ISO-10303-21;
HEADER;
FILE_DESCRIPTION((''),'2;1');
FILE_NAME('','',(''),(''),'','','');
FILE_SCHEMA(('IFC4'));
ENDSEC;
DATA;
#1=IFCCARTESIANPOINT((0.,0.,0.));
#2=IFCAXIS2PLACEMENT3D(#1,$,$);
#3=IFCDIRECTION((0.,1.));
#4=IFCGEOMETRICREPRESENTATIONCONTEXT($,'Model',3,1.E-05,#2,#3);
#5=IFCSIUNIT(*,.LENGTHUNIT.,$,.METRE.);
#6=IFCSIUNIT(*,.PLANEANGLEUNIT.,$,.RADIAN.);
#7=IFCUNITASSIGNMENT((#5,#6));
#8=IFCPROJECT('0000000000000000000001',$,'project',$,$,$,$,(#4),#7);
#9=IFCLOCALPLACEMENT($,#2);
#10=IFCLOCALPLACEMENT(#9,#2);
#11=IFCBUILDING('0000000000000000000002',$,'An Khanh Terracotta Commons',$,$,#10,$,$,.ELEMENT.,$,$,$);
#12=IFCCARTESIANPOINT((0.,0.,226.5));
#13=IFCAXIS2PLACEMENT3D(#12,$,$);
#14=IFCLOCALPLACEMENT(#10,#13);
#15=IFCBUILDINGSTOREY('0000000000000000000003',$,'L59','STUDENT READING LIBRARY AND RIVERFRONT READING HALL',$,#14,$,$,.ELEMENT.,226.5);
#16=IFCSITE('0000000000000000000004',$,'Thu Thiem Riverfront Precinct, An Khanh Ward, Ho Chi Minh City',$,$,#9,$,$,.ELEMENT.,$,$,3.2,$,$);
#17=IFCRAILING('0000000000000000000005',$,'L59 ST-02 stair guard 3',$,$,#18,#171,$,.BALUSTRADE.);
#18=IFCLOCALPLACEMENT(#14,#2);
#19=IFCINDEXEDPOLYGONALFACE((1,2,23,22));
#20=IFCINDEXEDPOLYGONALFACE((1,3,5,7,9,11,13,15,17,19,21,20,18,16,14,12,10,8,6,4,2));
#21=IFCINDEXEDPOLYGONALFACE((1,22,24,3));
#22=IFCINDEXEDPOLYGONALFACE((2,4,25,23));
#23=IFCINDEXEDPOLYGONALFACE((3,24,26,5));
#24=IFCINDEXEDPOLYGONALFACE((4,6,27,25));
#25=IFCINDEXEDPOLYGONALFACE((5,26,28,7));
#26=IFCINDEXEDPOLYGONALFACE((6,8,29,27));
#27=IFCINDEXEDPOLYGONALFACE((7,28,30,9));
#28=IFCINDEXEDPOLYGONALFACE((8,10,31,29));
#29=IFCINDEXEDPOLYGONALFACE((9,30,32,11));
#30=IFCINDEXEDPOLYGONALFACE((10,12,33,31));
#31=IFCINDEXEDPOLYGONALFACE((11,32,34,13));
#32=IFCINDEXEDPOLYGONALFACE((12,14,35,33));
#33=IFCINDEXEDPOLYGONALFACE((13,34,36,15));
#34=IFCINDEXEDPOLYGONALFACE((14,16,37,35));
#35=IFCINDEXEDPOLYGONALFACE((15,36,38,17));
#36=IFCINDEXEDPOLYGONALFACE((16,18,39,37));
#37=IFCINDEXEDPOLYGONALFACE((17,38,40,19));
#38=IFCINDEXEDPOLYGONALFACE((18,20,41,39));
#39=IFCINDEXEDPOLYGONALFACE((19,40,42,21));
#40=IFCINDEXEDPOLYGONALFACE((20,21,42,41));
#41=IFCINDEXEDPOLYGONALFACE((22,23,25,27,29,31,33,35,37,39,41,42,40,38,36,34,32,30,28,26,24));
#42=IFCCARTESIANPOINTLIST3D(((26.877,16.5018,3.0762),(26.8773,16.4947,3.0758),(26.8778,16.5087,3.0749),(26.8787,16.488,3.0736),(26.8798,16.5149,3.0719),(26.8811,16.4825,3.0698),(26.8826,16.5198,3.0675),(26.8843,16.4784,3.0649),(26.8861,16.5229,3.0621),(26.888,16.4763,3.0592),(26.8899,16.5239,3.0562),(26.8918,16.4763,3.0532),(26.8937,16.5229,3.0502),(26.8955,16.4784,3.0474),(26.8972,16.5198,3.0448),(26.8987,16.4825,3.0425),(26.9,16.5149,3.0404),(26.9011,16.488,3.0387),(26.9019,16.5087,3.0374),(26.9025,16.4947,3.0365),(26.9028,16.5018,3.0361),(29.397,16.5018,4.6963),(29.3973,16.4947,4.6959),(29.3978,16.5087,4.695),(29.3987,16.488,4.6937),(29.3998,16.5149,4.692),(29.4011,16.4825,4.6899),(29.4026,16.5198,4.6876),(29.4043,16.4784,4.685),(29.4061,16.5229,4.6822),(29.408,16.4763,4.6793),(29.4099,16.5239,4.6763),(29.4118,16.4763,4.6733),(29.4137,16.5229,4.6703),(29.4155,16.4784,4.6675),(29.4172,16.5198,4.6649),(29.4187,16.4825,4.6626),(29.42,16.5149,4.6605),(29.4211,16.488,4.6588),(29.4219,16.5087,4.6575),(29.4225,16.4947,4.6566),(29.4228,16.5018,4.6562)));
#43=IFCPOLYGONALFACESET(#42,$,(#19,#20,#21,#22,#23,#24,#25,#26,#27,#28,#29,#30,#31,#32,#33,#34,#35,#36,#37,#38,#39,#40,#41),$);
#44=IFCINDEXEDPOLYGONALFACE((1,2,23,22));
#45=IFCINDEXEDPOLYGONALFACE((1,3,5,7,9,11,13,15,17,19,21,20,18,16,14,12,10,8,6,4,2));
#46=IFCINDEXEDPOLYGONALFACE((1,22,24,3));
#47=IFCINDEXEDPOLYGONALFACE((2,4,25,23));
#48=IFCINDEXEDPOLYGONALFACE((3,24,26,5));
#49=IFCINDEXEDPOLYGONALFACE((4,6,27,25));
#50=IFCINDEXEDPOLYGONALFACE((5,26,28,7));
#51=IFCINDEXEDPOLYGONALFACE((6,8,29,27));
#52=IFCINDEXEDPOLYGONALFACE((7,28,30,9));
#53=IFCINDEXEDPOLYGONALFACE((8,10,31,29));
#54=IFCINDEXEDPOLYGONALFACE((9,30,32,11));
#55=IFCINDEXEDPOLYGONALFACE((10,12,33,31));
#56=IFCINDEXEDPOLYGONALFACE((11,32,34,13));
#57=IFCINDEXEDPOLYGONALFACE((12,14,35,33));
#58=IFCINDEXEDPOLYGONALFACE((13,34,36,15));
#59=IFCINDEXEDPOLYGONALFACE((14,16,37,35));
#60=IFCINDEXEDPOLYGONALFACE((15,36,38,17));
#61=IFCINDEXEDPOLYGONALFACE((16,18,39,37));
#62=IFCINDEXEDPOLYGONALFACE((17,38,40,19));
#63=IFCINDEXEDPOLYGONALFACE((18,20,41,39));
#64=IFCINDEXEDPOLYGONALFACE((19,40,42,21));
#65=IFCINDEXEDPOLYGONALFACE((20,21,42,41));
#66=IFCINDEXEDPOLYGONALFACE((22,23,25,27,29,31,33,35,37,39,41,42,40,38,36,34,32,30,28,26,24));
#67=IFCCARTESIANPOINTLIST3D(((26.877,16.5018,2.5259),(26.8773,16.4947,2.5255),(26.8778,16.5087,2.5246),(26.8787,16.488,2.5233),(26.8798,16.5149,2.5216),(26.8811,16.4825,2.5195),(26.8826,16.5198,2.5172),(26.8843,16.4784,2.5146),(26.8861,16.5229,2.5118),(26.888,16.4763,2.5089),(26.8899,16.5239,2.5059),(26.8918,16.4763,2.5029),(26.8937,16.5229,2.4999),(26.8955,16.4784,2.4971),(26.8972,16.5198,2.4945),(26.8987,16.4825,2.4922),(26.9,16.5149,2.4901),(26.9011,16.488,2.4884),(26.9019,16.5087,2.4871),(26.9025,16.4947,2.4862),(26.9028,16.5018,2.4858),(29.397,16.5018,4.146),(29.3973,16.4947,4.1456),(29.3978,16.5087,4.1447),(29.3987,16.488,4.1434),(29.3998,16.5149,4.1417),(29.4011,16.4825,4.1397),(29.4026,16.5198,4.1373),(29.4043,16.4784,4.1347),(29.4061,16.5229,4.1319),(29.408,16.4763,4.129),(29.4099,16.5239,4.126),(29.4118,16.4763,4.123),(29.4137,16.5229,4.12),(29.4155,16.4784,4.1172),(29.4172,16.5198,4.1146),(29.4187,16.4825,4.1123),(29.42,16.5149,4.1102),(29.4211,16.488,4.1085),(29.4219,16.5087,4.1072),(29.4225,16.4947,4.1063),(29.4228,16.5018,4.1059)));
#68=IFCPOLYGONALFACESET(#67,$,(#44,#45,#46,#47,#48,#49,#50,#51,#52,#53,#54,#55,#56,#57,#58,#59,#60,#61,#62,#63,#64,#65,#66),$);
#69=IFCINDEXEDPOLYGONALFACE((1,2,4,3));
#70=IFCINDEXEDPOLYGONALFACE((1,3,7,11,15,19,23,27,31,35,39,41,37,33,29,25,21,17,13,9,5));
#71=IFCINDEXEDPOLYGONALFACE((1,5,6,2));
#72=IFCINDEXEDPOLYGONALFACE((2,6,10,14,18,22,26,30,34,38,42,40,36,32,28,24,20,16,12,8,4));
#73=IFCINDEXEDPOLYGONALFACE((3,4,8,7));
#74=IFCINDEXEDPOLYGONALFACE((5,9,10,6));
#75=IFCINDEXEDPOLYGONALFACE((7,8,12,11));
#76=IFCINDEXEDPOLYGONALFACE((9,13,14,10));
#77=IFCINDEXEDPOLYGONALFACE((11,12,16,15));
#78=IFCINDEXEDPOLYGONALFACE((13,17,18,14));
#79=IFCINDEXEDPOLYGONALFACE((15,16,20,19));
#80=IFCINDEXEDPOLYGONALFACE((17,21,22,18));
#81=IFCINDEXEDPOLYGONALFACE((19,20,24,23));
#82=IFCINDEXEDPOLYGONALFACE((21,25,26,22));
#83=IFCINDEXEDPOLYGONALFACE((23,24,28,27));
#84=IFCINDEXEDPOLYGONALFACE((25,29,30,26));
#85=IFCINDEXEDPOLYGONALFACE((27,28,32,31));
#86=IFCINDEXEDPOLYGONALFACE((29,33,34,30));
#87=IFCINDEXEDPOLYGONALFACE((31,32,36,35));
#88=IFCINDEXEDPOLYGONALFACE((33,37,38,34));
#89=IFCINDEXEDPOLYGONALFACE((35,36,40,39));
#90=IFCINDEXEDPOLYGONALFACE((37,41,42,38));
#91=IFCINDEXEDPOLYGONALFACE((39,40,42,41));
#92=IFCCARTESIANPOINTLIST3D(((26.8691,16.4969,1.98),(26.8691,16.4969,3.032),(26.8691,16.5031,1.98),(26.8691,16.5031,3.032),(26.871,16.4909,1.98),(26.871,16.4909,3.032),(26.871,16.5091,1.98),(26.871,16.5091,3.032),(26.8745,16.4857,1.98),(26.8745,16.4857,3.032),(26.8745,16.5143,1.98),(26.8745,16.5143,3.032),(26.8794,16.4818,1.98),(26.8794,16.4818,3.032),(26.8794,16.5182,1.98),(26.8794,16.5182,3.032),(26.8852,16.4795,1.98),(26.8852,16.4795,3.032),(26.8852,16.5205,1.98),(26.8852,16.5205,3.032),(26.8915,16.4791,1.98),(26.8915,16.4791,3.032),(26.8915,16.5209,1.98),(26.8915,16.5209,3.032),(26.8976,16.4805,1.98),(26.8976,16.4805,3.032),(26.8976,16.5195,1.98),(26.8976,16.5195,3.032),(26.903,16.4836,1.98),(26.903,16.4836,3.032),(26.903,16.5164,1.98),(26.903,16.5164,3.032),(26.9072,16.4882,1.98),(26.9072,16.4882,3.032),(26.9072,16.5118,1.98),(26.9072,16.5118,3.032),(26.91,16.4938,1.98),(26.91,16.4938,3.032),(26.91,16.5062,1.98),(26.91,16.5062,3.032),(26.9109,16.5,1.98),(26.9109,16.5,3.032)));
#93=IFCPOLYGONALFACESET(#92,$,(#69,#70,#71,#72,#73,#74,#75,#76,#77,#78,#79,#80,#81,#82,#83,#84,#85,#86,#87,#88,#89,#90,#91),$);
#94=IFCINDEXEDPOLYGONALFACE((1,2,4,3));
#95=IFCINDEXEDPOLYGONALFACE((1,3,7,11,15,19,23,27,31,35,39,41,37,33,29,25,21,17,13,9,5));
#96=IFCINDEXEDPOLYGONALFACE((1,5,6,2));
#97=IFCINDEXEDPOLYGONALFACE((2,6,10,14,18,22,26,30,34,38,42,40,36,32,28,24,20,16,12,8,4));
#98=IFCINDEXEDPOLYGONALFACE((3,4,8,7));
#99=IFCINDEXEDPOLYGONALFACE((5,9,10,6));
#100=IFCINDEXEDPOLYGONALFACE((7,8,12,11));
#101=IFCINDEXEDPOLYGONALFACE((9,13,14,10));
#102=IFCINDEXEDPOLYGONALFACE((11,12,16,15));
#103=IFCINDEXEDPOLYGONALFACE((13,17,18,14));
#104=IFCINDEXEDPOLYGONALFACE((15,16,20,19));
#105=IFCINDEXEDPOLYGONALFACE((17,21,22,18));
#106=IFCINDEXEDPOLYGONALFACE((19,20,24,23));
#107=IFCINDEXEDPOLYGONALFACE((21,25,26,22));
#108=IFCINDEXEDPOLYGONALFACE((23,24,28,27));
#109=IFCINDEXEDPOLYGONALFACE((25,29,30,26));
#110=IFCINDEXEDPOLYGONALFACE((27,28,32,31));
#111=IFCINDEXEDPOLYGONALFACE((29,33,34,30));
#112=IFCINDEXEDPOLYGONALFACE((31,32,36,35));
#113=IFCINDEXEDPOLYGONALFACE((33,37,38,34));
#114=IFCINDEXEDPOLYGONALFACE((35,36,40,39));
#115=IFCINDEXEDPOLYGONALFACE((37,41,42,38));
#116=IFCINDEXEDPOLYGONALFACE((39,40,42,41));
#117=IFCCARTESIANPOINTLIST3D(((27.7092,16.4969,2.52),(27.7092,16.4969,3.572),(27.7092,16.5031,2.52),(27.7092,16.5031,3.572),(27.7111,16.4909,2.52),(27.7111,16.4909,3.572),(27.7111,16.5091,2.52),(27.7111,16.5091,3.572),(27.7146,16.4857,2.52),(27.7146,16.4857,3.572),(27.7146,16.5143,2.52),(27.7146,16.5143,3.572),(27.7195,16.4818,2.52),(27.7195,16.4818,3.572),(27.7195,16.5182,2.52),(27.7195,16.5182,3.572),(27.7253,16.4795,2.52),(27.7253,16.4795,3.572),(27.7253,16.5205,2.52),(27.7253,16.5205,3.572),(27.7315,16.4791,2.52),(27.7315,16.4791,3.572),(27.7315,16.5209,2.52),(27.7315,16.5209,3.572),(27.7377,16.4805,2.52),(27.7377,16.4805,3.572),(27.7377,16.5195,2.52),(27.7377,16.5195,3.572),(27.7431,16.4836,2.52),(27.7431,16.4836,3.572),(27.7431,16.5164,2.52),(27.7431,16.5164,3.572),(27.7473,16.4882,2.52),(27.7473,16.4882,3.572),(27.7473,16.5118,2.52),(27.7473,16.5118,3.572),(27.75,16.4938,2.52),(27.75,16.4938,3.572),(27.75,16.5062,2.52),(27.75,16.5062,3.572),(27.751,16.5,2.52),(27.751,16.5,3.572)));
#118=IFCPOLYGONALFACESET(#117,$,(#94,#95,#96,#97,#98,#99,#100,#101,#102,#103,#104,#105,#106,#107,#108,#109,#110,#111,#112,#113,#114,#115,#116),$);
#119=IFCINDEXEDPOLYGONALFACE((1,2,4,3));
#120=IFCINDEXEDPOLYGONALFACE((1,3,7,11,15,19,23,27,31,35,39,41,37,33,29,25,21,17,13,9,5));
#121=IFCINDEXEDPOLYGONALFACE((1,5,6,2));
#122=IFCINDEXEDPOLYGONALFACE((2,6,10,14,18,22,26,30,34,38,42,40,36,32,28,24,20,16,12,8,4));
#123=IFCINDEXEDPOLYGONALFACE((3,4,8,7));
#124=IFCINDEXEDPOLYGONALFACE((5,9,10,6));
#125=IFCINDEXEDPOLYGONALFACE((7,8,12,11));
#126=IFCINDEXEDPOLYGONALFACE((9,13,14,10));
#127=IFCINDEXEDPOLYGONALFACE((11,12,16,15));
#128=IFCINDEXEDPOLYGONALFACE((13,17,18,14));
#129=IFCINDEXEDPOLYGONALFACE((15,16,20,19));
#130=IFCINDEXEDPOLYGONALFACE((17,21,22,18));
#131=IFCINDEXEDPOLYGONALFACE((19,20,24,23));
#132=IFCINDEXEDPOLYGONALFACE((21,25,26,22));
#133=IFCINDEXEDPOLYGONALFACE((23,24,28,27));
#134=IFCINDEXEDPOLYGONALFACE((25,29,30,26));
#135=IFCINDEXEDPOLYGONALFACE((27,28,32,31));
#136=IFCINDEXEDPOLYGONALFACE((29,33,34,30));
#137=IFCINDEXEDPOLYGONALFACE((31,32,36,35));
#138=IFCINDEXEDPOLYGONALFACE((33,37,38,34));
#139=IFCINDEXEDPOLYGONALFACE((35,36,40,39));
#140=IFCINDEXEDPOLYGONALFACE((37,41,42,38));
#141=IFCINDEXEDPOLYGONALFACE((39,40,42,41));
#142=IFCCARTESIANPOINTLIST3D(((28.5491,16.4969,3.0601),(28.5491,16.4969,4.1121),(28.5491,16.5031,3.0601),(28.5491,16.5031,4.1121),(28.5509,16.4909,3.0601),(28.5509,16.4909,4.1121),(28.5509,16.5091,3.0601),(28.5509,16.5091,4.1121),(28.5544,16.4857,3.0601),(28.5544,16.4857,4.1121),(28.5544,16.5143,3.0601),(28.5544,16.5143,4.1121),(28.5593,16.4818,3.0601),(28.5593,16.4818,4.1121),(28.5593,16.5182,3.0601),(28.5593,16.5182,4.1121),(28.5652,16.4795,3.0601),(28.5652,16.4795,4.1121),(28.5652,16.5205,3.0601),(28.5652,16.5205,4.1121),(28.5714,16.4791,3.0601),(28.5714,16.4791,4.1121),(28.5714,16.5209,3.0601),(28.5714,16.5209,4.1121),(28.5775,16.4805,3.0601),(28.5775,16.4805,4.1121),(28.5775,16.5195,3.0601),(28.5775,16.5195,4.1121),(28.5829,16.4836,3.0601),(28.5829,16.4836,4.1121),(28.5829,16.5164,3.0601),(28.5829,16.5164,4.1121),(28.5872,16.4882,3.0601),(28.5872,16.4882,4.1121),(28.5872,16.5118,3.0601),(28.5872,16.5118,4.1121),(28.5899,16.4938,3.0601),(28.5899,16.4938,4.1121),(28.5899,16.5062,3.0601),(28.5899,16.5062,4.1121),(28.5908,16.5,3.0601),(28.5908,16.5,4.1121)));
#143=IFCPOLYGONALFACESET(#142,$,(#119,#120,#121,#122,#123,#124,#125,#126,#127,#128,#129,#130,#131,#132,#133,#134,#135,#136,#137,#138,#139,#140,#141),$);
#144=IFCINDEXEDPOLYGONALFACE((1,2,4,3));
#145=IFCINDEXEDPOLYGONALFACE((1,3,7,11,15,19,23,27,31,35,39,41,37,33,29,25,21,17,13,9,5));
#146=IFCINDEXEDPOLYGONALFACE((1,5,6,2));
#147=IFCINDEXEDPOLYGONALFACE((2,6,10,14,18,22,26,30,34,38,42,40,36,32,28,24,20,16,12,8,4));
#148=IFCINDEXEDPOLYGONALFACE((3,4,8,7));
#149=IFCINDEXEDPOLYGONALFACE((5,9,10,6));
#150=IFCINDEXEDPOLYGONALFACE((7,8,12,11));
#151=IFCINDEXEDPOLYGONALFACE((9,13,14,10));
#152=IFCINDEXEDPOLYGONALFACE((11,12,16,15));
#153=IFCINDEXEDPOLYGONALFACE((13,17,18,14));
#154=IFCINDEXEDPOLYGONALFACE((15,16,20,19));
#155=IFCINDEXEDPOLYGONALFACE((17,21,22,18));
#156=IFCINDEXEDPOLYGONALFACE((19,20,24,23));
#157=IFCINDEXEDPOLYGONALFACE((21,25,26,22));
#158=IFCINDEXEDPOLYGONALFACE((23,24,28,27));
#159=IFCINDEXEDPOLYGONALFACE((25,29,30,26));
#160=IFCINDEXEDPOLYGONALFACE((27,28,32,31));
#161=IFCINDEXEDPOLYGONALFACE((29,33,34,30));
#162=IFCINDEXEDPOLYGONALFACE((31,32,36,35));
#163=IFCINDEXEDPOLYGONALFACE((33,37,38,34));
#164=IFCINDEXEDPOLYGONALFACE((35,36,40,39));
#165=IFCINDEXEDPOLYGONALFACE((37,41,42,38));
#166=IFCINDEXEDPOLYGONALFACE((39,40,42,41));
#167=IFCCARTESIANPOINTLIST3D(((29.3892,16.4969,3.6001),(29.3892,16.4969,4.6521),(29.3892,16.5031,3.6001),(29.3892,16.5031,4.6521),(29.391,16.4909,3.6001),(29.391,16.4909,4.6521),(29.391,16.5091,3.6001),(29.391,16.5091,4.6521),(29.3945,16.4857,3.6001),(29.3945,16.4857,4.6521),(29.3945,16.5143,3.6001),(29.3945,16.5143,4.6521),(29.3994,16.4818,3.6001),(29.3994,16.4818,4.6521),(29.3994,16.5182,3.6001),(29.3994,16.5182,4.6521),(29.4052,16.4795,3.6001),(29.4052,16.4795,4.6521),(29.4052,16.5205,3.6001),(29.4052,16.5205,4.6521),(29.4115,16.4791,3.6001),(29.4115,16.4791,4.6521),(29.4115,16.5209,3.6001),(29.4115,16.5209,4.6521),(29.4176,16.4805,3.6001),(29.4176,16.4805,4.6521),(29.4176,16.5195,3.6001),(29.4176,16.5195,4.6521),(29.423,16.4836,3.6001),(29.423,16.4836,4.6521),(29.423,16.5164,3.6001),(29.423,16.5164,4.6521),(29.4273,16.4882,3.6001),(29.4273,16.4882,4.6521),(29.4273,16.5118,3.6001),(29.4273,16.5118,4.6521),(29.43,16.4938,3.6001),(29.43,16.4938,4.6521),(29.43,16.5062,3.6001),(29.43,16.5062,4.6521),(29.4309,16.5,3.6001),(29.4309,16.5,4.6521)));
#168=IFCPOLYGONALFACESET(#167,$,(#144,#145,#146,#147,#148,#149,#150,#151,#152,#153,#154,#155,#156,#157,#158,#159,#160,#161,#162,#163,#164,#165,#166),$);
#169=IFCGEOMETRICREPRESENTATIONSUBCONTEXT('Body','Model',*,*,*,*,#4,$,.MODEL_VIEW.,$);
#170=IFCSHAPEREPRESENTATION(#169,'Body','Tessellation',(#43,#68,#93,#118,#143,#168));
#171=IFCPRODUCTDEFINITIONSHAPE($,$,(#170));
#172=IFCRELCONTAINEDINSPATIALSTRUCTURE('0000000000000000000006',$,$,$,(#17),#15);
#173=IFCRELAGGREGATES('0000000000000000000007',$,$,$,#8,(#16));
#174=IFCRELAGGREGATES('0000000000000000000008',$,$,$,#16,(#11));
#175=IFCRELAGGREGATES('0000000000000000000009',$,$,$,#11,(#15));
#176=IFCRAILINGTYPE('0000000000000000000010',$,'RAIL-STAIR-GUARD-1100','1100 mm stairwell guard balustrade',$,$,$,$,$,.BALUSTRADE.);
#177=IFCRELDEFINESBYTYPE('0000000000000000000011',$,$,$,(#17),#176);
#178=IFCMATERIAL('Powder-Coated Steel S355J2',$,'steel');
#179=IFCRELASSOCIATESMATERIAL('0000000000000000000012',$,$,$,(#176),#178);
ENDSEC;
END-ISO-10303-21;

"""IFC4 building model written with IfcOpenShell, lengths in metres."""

from ifc_helpers import new_model, si_unit, direction, frame, origin, origin_2d, place, context, subcontext, project, spatial, circle, extrude, material, type_object, element, save


model = new_model("IFC4")

# Units and contexts
model_context = context("Model", 3, precision=1e-05, world=origin(), true_north=direction((0.0, 1.0)))
body_context = subcontext(model_context, "Body", "Model", "MODEL_VIEW")
ifc_project = project(units=[si_unit("LENGTHUNIT", "METRE"), si_unit("PLANEANGLEUNIT", "RADIAN")], contexts=[model_context])

# Site, building, storey
site_placement = place(None, origin())
site = spatial("IfcSite", under=ifc_project, at=site_placement, Name="Thu Thiem Riverfront Precinct, An Khanh Ward, Ho Chi Minh City", CompositionType="ELEMENT", RefElevation=3.2)
building_placement = place(site_placement, origin())
building = spatial("IfcBuilding", under=site, at=building_placement, Name="An Khanh Terracotta Commons", CompositionType="ELEMENT")
storey_placement = place(building_placement, frame((0.0, 0.0, 226.5)))
storey = spatial("IfcBuildingStorey", under=building, at=storey_placement, Name="L59", Description="STUDENT READING LIBRARY AND RIVERFRONT READING HALL", CompositionType="ELEMENT", Elevation=226.5)

# Railing
ifc_material_1 = material(Name="Powder-Coated Steel S355J2", Category="steel")
railing_type_1 = type_object("IfcRailingType", Name="RAIL-STAIR-GUARD-1100", Description="1100 mm stairwell guard balustrade", PredefinedType="BALUSTRADE", material=ifc_material_1)
railing_1_placement = place(storey_placement, frame((26.8899, 16.5, 1.98)))
element("IfcRailing", 1, at=railing_1_placement, inside=storey, type_object=railing_type_1, Name="L59 ST-02 stair guard 3", PredefinedType="BALUSTRADE", context=body_context, shape_type="SweptSolid", body=[
    extrude(circle(Radius=0.0239, at=origin_2d()), frame((0.0, 0.0, 1.0762), z_axis=(0.841163, 0.0, 0.540782), x_axis=(0.0, 1.0, 0.0)), (0.0, 0.0, 1.0), 2.9958),
    extrude(circle(Radius=0.0239, at=origin_2d()), frame((0.0, 0.0, 0.5259), z_axis=(0.841163, 0.0, 0.540782), x_axis=(0.0, 1.0, 0.0)), (0.0, 0.0, 1.0), 2.9958),
    extrude(circle(Radius=0.021, at=origin_2d()), origin(), (0.0, 0.0, 1.0), 1.052),
    extrude(circle(Radius=0.021, at=origin_2d()), frame((0.8401, 0.0, 0.54)), (0.0, 0.0, 1.0), 1.052),
    extrude(circle(Radius=0.021, at=origin_2d()), frame((1.6799, 0.0, 1.0801)), (0.0, 0.0, 1.0), 1.052),
    extrude(circle(Radius=0.021, at=origin_2d()), frame((2.52, 0.0, 1.6201)), (0.0, 0.0, 1.0), 1.052),
])

save(model, "model.ifc")
